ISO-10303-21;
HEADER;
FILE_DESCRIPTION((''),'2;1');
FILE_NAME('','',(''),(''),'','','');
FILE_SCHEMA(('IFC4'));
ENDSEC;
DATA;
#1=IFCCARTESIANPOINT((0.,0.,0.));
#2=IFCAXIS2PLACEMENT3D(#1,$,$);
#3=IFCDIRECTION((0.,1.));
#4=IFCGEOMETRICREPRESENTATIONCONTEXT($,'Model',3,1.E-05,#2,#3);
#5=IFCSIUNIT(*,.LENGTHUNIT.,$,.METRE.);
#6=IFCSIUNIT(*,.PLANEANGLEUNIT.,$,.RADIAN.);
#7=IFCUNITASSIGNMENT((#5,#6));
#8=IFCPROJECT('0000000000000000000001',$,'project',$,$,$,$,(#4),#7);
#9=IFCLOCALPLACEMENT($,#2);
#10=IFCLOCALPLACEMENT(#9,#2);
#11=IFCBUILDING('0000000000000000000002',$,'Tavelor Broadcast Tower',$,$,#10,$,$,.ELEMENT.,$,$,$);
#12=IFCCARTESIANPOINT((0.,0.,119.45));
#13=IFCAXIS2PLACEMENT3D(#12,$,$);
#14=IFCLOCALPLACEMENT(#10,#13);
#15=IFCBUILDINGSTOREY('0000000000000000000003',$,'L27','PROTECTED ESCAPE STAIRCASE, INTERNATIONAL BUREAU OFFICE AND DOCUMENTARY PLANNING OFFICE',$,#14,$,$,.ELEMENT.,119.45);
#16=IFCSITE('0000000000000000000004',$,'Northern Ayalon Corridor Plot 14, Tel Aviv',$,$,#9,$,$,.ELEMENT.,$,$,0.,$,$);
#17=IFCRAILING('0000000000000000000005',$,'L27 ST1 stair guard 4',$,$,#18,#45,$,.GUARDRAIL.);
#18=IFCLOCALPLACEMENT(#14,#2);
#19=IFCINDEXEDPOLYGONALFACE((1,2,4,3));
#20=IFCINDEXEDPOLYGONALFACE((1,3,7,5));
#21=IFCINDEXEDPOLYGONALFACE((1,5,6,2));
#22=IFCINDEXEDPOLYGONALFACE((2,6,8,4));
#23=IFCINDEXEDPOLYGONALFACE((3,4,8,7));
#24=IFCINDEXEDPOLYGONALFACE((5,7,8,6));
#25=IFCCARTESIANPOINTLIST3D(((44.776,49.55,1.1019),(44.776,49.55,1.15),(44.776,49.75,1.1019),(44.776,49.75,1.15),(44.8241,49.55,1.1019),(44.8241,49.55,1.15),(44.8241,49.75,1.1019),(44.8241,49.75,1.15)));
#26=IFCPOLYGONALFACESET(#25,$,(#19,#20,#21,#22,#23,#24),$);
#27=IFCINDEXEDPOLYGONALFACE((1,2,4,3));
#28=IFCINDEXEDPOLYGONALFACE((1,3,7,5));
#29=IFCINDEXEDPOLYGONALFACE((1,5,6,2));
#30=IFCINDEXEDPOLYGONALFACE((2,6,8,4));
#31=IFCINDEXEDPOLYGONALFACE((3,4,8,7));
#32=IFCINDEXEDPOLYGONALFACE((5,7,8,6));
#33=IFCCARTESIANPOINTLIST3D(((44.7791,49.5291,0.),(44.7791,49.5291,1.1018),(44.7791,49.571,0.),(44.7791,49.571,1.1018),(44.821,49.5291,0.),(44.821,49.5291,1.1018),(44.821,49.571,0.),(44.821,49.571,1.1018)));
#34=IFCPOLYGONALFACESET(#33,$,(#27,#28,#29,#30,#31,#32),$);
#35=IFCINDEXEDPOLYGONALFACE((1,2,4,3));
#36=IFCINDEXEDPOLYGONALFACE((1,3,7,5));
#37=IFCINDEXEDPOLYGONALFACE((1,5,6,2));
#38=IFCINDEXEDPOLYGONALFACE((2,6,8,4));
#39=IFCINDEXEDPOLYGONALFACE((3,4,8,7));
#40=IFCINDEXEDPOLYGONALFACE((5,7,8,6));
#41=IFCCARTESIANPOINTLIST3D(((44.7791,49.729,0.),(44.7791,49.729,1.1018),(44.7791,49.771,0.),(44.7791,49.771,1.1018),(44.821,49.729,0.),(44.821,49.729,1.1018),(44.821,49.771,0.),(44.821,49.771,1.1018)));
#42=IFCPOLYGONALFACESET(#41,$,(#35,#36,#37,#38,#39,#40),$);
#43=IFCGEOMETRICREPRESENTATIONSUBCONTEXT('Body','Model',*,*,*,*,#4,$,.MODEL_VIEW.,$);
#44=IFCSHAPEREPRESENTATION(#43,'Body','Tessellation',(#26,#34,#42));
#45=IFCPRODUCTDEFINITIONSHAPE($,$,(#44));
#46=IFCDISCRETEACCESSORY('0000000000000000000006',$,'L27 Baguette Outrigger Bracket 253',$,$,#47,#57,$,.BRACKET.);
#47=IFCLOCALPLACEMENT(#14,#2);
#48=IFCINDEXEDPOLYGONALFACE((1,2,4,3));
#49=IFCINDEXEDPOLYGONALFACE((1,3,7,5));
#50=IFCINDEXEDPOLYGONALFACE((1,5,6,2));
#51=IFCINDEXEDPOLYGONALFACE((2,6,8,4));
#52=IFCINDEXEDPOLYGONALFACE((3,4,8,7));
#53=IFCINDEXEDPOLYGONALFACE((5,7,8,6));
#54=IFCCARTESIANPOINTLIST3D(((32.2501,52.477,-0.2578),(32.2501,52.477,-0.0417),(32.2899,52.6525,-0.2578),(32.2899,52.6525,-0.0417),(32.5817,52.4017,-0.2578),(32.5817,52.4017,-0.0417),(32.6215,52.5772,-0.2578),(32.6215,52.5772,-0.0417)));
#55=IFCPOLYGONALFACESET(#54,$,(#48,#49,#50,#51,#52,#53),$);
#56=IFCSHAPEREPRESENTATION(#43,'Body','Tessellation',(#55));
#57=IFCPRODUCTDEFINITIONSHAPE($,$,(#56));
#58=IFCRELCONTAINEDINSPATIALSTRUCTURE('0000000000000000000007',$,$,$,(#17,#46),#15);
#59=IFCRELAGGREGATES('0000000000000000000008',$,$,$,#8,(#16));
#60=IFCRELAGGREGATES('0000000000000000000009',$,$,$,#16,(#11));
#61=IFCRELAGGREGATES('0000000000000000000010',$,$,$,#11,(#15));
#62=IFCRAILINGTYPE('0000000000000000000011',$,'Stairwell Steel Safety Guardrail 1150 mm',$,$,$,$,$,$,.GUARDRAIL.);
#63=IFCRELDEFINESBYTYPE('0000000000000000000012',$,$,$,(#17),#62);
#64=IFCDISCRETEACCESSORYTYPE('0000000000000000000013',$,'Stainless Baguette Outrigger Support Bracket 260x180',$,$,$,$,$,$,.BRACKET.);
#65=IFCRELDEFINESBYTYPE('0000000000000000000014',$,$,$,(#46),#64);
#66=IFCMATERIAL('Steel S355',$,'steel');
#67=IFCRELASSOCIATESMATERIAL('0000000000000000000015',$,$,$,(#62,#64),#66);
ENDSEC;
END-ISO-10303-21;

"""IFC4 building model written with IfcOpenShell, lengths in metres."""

from ifc_helpers import new_model, si_unit, direction, frame, origin, origin_2d, place, context, subcontext, project, spatial, rectangle, extrude, source, transform, mapped, material, type_object, type_shapes, element, save


model = new_model("IFC4")

# Units and contexts
model_context = context("Model", 3, precision=1e-05, world=origin(), true_north=direction((0.0, 1.0)))
body_context = subcontext(model_context, "Body", "Model", "MODEL_VIEW")
ifc_project = project(units=[si_unit("LENGTHUNIT", "METRE"), si_unit("PLANEANGLEUNIT", "RADIAN")], contexts=[model_context])

# Site, building, storey
site_placement = place(None, origin())
site = spatial("IfcSite", under=ifc_project, at=site_placement, Name="Northern Ayalon Corridor Plot 14, Tel Aviv", CompositionType="ELEMENT", RefElevation=0.0)
building_placement = place(site_placement, origin())
building = spatial("IfcBuilding", under=site, at=building_placement, Name="Tavelor Broadcast Tower", CompositionType="ELEMENT")
storey_placement = place(building_placement, frame((0.0, 0.0, 119.45)))
storey = spatial("IfcBuildingStorey", under=building, at=storey_placement, Name="L27", Description="PROTECTED ESCAPE STAIRCASE, INTERNATIONAL BUREAU OFFICE AND DOCUMENTARY PLANNING OFFICE", CompositionType="ELEMENT", Elevation=119.45)

# Shared definitions
ifc_material_1 = material(Name="Steel S355", Category="steel")

# Railing
railing_type_1 = type_object("IfcRailingType", Name="Stairwell Steel Safety Guardrail 1150 mm", PredefinedType="GUARDRAIL", material=ifc_material_1)
railing_1_placement = place(storey_placement, frame((44.8, 49.55, 0.0)))
element("IfcRailing", 1, at=railing_1_placement, inside=storey, type_object=railing_type_1, Name="L27 ST1 stair guard 4", PredefinedType="GUARDRAIL", context=body_context, shape_type="SweptSolid", body=[
    extrude(rectangle(XDim=0.0481, YDim=0.0481, at=origin_2d()), frame((0.0, 0.0, 1.126), z_axis=(0.0, 1.0, 0.0), x_axis=(-1.0, 0.0, 0.0)), (0.0, 0.0, 1.0), 0.2),
    extrude(rectangle(XDim=0.042, YDim=0.042, at=origin_2d()), origin(), (0.0, 0.0, 1.0), 1.1018),
    extrude(rectangle(XDim=0.042, YDim=0.042, at=origin_2d()), frame((0.0, 0.2, 0.0)), (0.0, 0.0, 1.0), 1.1018),
])

# Discrete accessory
discrete_accessory_type = type_object("IfcDiscreteAccessoryType", Name="Stainless Baguette Outrigger Support Bracket 260x180", PredefinedType="BRACKET", material=ifc_material_1)
shared_shape_1 = source(origin(), body_context, "Body", "SweptSolid", [
    extrude(rectangle(XDim=0.1799, YDim=0.3401, at=origin_2d()), origin(), (0.0, 0.0, 1.0), 0.2161),
])
type_shapes(discrete_accessory_type, [shared_shape_1])
discrete_accessory_placement = place(storey_placement, frame((32.4358, 52.5271, -0.2578), z_axis=(0.0, 0.0, 1.0), x_axis=(-0.221208, -0.975227, 0.0)))
element("IfcDiscreteAccessory", 2, at=discrete_accessory_placement, inside=storey, type_object=discrete_accessory_type, Name="L27 Baguette Outrigger Bracket 253", PredefinedType="BRACKET", context=body_context, shape_type="MappedRepresentation", body=[
    mapped(shared_shape_1, transform((0.0, 0.0, 0.0), scale=1.0)),
])

save(model, "model.ifc")
